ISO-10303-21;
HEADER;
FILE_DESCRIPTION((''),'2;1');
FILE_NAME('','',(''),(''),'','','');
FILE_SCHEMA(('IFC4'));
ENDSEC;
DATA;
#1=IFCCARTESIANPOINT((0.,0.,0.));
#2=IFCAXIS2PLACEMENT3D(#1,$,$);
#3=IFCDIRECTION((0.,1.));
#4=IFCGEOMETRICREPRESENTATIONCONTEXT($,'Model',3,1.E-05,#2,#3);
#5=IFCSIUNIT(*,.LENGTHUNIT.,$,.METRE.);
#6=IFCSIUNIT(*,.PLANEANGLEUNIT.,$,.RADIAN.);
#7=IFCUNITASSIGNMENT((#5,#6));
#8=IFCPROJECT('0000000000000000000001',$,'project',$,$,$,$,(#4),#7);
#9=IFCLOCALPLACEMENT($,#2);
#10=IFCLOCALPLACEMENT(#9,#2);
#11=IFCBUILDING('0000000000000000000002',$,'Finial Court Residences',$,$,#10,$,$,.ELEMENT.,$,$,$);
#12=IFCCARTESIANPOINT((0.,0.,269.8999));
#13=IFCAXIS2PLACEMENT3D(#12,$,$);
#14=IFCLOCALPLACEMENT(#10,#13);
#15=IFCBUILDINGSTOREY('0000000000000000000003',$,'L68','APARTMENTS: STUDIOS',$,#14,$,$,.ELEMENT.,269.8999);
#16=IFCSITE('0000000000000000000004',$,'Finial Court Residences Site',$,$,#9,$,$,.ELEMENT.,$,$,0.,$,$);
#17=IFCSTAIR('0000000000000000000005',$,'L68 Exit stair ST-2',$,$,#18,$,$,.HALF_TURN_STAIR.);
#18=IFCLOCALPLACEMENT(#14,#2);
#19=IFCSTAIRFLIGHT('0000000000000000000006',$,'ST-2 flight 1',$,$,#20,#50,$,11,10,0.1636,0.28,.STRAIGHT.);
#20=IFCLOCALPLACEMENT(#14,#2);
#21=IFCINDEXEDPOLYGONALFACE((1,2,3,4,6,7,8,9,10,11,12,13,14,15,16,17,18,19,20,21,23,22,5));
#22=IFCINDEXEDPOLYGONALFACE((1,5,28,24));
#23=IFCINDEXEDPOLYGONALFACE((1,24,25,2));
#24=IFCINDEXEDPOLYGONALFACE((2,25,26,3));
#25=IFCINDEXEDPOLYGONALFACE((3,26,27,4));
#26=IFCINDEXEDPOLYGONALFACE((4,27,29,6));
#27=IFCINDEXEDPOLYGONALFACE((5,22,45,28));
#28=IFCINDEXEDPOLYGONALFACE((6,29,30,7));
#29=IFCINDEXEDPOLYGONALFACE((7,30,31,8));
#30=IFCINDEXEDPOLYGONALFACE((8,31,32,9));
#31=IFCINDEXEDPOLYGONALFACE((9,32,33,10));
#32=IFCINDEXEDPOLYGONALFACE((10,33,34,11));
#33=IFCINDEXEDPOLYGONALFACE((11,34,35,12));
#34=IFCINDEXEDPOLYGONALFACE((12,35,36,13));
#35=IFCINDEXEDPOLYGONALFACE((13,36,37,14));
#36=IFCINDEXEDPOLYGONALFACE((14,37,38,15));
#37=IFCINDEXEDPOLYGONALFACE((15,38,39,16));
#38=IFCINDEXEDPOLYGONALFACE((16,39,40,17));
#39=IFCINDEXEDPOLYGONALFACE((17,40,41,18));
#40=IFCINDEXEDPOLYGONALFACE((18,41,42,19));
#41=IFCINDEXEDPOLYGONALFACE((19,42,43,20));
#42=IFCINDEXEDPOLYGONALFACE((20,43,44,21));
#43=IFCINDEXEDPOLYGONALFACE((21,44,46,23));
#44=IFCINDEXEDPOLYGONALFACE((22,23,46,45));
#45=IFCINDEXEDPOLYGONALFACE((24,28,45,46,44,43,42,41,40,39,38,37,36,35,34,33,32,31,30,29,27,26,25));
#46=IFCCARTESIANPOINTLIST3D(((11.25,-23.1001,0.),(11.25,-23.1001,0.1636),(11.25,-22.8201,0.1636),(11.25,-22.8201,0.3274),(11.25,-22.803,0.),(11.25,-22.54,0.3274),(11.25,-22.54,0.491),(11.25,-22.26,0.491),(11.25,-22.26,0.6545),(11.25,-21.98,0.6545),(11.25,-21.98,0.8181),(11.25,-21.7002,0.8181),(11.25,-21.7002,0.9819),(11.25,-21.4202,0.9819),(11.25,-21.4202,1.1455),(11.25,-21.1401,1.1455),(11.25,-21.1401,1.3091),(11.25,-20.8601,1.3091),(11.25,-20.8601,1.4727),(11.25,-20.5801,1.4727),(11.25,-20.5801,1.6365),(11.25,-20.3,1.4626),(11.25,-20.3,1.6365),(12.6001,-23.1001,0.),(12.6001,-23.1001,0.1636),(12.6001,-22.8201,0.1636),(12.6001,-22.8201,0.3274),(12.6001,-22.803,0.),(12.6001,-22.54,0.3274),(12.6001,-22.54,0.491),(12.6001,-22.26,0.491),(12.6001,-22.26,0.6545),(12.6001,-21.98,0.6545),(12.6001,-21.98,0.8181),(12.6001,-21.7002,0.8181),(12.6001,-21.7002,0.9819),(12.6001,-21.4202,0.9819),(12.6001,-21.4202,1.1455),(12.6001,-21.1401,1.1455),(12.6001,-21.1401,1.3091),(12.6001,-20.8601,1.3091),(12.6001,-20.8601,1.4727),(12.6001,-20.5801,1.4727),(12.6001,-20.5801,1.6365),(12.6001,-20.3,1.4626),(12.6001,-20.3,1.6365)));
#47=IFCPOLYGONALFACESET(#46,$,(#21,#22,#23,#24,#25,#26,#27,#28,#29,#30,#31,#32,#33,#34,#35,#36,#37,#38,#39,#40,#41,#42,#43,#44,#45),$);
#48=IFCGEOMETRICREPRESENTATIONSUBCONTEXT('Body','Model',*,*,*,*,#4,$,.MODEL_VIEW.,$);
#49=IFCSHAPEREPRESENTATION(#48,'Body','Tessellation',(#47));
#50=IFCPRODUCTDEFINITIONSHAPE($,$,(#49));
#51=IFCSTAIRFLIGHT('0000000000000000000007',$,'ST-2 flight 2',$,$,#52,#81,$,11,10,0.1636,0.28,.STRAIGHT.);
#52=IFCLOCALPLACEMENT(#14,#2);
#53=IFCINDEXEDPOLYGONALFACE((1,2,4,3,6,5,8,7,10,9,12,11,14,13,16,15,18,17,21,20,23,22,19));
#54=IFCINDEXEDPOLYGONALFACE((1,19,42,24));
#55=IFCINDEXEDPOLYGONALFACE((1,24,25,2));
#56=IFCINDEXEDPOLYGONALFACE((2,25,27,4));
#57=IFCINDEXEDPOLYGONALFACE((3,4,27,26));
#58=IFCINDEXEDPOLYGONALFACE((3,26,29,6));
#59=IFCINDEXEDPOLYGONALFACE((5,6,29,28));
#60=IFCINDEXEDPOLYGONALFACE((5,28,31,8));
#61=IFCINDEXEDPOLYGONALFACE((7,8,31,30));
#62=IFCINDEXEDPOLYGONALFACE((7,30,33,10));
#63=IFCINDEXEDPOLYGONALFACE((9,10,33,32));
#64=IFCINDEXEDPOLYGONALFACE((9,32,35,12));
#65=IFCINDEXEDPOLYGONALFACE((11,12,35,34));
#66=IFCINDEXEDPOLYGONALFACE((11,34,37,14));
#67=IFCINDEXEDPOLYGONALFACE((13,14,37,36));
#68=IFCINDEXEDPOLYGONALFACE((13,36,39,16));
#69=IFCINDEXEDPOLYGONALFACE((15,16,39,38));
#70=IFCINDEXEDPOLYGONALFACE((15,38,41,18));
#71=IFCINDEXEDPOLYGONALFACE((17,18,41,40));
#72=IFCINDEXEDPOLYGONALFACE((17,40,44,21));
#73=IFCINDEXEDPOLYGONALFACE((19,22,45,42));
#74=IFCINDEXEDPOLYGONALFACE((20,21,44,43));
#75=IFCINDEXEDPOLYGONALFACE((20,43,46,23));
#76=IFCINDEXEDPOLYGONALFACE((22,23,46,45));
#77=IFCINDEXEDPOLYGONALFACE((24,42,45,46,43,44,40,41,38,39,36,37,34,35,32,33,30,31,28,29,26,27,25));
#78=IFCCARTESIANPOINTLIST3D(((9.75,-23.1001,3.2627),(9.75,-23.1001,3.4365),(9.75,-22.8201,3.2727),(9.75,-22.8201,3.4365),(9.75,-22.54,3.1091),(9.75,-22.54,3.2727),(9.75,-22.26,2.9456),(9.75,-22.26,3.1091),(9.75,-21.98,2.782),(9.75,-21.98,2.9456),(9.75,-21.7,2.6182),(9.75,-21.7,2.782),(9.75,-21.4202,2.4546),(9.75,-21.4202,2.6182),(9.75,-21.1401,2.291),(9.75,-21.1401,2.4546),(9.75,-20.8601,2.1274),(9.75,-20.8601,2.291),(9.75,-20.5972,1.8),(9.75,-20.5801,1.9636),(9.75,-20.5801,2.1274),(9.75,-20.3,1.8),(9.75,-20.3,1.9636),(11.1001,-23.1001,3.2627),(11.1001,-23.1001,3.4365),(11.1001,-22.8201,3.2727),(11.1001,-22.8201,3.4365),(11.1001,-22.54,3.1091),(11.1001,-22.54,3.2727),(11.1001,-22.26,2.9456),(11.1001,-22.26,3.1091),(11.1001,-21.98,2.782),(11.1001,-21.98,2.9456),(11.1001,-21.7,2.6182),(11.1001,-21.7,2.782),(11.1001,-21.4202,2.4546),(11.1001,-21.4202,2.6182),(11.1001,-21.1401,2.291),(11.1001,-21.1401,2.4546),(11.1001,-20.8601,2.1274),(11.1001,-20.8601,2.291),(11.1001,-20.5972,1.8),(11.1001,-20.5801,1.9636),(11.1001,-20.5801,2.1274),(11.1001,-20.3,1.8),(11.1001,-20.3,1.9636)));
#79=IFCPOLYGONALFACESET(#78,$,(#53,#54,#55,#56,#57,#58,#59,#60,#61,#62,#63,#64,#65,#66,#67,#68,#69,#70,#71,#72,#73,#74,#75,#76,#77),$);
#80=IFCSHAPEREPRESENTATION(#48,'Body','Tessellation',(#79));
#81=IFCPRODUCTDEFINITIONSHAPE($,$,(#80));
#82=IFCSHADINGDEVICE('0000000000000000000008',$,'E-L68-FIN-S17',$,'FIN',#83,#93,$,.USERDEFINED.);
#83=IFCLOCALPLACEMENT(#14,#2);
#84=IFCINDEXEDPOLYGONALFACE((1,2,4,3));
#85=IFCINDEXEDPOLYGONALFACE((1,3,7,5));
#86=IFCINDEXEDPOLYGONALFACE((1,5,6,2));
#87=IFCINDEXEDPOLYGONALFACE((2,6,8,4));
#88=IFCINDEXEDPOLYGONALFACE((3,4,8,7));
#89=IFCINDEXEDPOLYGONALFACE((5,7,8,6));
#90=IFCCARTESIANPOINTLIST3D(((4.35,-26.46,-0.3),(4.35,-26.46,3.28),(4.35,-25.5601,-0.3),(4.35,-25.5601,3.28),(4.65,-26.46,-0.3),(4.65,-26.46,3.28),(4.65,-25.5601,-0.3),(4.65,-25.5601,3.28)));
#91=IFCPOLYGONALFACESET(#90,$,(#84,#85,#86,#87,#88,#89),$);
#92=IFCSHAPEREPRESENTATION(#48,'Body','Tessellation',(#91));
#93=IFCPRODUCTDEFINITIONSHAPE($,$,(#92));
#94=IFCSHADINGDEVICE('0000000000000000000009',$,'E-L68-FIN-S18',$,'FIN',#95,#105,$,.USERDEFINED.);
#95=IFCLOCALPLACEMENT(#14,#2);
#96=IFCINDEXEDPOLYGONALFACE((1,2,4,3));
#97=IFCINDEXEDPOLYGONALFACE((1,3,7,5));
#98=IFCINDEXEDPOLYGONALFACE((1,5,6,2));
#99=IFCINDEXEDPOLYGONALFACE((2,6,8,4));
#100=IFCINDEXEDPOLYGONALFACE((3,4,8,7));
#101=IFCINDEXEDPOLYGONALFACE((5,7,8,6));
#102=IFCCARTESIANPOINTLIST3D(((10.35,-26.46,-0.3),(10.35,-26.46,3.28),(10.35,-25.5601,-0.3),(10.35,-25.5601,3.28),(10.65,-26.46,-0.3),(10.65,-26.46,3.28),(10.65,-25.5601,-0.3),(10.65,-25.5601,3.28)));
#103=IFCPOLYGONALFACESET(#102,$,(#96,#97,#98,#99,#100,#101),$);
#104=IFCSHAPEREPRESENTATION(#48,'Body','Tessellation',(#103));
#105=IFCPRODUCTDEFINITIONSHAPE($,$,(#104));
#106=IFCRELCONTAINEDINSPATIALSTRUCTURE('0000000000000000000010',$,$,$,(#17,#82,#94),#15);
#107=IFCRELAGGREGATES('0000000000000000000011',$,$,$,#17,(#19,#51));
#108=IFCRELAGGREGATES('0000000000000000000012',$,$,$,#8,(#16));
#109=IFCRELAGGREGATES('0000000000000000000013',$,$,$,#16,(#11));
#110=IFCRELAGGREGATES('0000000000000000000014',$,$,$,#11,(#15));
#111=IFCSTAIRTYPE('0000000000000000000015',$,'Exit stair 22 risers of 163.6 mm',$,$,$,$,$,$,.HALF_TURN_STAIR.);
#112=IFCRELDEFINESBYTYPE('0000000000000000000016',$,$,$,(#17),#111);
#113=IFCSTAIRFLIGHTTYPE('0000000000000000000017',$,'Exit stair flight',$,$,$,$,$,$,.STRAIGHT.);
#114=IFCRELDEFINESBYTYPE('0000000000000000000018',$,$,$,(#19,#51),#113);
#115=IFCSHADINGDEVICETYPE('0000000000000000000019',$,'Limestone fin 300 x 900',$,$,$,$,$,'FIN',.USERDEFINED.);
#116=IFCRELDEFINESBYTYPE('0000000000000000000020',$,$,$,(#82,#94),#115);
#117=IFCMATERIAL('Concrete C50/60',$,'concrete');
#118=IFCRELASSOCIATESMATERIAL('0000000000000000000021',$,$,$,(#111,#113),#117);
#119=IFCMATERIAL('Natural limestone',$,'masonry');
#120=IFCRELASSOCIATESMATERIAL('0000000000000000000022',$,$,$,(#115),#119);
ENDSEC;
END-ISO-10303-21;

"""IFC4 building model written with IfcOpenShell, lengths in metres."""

from ifc_helpers import new_model, si_unit, direction, frame, origin, origin_2d, place, context, subcontext, project, spatial, polyline, rectangle, outline, extrude, material, type_object, element, aggregate, save


model = new_model("IFC4")

# Units and contexts
model_context = context("Model", 3, precision=1e-05, world=origin(), true_north=direction((0.0, 1.0)))
body_context = subcontext(model_context, "Body", "Model", "MODEL_VIEW")
ifc_project = project(units=[si_unit("LENGTHUNIT", "METRE"), si_unit("PLANEANGLEUNIT", "RADIAN")], contexts=[model_context])

# Site, building, storey
site_placement = place(None, origin())
site = spatial("IfcSite", under=ifc_project, at=site_placement, Name="Finial Court Residences Site", CompositionType="ELEMENT", RefElevation=0.0)
building_placement = place(site_placement, origin())
building = spatial("IfcBuilding", under=site, at=building_placement, Name="Finial Court Residences", CompositionType="ELEMENT")
storey_placement = place(building_placement, frame((0.0, 0.0, 269.8999)))
storey = spatial("IfcBuildingStorey", under=building, at=storey_placement, Name="L68", Description="APARTMENTS: STUDIOS", CompositionType="ELEMENT", Elevation=269.8999)

# Shared definitions
ifc_material_1 = material(Name="Concrete C50/60", Category="concrete")

# Stair, stair flights
stair_type = type_object("IfcStairType", Name="Exit stair 22 risers of 163.6 mm", PredefinedType="HALF_TURN_STAIR", material=ifc_material_1)
stair_placement = place(storey_placement, origin())
stair = element("IfcStair", 1, at=stair_placement, inside=storey, type_object=stair_type, Name="L68 Exit stair ST-2", PredefinedType="HALF_TURN_STAIR")
stair_flight_type = type_object("IfcStairFlightType", Name="Exit stair flight", PredefinedType="STRAIGHT", material=ifc_material_1)
stair_flight_1_placement = place(storey_placement, frame((11.925, -23.1001, 0.0), z_axis=(0.0, 0.0, 1.0), x_axis=(0.0, 1.0, 0.0)))
stair_flight_1 = element("IfcStairFlight", 2, at=stair_flight_1_placement, type_object=stair_flight_type, Name="ST-2 flight 1", NumberOfRisers=11, NumberOfTreads=10, PredefinedType="STRAIGHT", RiserHeight=0.1636, TreadLength=0.28, context=body_context, shape_type="SweptSolid", body=[
    extrude(outline(polyline([(0.0, 0.0), (0.0, 0.1636), (0.28, 0.1636), (0.28, 0.3274), (0.5601, 0.3274), (0.5601, 0.491), (0.8401, 0.491), (0.8401, 0.6545), (1.1201, 0.6545), (1.1201, 0.8181), (1.3999, 0.8181), (1.3999, 0.9819), (1.6799, 0.9819), (1.6799, 1.1455), (1.96, 1.1455), (1.96, 1.3091), (2.24, 1.3091), (2.24, 1.4727), (2.52, 1.4727), (2.52, 1.6365), (2.8, 1.6365), (2.8, 1.8), (2.8, 1.4626), (0.2971, 0.0), (0.0, 0.0)])), frame((0.0, 0.675, 0.0), z_axis=(0.0, -1.0, 0.0), x_axis=(1.0, 0.0, 0.0)), (0.0, 0.0, 1.0), 1.3501),
])
stair_flight_2_placement = place(storey_placement, frame((10.425, -20.3, 1.8), z_axis=(0.0, 0.0, 1.0), x_axis=(0.0, -1.0, 0.0)))
stair_flight_2 = element("IfcStairFlight", 3, at=stair_flight_2_placement, type_object=stair_flight_type, Name="ST-2 flight 2", NumberOfRisers=11, NumberOfTreads=10, PredefinedType="STRAIGHT", RiserHeight=0.1636, TreadLength=0.28, context=body_context, shape_type="SweptSolid", body=[
    extrude(outline(polyline([(0.0, 0.0), (0.0, 0.1636), (0.28, 0.1636), (0.28, 0.3274), (0.5601, 0.3274), (0.5601, 0.491), (0.8401, 0.491), (0.8401, 0.6545), (1.1201, 0.6545), (1.1201, 0.8181), (1.3999, 0.8181), (1.3999, 0.9819), (1.6799, 0.9819), (1.6799, 1.1455), (1.96, 1.1455), (1.96, 1.3091), (2.24, 1.3091), (2.24, 1.4727), (2.52, 1.4727), (2.52, 1.6365), (2.8, 1.6365), (2.8, 1.8), (2.8, 1.4626), (0.2971, 0.0), (0.0, 0.0)])), frame((0.0, 0.675, 0.0), z_axis=(0.0, -1.0, 0.0), x_axis=(1.0, 0.0, 0.0)), (0.0, 0.0, 1.0), 1.3501),
])
aggregate(stair, [stair_flight_1, stair_flight_2])

# Shading devices
ifc_material_2 = material(Name="Natural limestone", Category="masonry")
shading_device_type = type_object("IfcShadingDeviceType", Name="Limestone fin 300 x 900", ElementType="FIN", PredefinedType="USERDEFINED", material=ifc_material_2)
for number, where, z_axis, x_axis, name in (
    (4, (4.5, -26.01, -0.3), (0.0, 0.0, 1.0), (1.0, 0.0, 0.0), "E-L68-FIN-S17"),
    (5, (10.5, -26.01, -0.3), (0.0, 0.0, 1.0), (1.0, 0.0, 0.0), "E-L68-FIN-S18"),
):
    element("IfcShadingDevice", number, at=place(storey_placement, frame(where, z_axis=z_axis, x_axis=x_axis)), inside=storey, type_object=shading_device_type, Name=name, ObjectType="FIN", PredefinedType="USERDEFINED", context=body_context, shape_type="SweptSolid", body=[
        extrude(rectangle(XDim=0.3, YDim=0.8999, at=origin_2d()), origin(), (0.0, 0.0, 1.0), 3.5801),
    ])

save(model, "model.ifc")
